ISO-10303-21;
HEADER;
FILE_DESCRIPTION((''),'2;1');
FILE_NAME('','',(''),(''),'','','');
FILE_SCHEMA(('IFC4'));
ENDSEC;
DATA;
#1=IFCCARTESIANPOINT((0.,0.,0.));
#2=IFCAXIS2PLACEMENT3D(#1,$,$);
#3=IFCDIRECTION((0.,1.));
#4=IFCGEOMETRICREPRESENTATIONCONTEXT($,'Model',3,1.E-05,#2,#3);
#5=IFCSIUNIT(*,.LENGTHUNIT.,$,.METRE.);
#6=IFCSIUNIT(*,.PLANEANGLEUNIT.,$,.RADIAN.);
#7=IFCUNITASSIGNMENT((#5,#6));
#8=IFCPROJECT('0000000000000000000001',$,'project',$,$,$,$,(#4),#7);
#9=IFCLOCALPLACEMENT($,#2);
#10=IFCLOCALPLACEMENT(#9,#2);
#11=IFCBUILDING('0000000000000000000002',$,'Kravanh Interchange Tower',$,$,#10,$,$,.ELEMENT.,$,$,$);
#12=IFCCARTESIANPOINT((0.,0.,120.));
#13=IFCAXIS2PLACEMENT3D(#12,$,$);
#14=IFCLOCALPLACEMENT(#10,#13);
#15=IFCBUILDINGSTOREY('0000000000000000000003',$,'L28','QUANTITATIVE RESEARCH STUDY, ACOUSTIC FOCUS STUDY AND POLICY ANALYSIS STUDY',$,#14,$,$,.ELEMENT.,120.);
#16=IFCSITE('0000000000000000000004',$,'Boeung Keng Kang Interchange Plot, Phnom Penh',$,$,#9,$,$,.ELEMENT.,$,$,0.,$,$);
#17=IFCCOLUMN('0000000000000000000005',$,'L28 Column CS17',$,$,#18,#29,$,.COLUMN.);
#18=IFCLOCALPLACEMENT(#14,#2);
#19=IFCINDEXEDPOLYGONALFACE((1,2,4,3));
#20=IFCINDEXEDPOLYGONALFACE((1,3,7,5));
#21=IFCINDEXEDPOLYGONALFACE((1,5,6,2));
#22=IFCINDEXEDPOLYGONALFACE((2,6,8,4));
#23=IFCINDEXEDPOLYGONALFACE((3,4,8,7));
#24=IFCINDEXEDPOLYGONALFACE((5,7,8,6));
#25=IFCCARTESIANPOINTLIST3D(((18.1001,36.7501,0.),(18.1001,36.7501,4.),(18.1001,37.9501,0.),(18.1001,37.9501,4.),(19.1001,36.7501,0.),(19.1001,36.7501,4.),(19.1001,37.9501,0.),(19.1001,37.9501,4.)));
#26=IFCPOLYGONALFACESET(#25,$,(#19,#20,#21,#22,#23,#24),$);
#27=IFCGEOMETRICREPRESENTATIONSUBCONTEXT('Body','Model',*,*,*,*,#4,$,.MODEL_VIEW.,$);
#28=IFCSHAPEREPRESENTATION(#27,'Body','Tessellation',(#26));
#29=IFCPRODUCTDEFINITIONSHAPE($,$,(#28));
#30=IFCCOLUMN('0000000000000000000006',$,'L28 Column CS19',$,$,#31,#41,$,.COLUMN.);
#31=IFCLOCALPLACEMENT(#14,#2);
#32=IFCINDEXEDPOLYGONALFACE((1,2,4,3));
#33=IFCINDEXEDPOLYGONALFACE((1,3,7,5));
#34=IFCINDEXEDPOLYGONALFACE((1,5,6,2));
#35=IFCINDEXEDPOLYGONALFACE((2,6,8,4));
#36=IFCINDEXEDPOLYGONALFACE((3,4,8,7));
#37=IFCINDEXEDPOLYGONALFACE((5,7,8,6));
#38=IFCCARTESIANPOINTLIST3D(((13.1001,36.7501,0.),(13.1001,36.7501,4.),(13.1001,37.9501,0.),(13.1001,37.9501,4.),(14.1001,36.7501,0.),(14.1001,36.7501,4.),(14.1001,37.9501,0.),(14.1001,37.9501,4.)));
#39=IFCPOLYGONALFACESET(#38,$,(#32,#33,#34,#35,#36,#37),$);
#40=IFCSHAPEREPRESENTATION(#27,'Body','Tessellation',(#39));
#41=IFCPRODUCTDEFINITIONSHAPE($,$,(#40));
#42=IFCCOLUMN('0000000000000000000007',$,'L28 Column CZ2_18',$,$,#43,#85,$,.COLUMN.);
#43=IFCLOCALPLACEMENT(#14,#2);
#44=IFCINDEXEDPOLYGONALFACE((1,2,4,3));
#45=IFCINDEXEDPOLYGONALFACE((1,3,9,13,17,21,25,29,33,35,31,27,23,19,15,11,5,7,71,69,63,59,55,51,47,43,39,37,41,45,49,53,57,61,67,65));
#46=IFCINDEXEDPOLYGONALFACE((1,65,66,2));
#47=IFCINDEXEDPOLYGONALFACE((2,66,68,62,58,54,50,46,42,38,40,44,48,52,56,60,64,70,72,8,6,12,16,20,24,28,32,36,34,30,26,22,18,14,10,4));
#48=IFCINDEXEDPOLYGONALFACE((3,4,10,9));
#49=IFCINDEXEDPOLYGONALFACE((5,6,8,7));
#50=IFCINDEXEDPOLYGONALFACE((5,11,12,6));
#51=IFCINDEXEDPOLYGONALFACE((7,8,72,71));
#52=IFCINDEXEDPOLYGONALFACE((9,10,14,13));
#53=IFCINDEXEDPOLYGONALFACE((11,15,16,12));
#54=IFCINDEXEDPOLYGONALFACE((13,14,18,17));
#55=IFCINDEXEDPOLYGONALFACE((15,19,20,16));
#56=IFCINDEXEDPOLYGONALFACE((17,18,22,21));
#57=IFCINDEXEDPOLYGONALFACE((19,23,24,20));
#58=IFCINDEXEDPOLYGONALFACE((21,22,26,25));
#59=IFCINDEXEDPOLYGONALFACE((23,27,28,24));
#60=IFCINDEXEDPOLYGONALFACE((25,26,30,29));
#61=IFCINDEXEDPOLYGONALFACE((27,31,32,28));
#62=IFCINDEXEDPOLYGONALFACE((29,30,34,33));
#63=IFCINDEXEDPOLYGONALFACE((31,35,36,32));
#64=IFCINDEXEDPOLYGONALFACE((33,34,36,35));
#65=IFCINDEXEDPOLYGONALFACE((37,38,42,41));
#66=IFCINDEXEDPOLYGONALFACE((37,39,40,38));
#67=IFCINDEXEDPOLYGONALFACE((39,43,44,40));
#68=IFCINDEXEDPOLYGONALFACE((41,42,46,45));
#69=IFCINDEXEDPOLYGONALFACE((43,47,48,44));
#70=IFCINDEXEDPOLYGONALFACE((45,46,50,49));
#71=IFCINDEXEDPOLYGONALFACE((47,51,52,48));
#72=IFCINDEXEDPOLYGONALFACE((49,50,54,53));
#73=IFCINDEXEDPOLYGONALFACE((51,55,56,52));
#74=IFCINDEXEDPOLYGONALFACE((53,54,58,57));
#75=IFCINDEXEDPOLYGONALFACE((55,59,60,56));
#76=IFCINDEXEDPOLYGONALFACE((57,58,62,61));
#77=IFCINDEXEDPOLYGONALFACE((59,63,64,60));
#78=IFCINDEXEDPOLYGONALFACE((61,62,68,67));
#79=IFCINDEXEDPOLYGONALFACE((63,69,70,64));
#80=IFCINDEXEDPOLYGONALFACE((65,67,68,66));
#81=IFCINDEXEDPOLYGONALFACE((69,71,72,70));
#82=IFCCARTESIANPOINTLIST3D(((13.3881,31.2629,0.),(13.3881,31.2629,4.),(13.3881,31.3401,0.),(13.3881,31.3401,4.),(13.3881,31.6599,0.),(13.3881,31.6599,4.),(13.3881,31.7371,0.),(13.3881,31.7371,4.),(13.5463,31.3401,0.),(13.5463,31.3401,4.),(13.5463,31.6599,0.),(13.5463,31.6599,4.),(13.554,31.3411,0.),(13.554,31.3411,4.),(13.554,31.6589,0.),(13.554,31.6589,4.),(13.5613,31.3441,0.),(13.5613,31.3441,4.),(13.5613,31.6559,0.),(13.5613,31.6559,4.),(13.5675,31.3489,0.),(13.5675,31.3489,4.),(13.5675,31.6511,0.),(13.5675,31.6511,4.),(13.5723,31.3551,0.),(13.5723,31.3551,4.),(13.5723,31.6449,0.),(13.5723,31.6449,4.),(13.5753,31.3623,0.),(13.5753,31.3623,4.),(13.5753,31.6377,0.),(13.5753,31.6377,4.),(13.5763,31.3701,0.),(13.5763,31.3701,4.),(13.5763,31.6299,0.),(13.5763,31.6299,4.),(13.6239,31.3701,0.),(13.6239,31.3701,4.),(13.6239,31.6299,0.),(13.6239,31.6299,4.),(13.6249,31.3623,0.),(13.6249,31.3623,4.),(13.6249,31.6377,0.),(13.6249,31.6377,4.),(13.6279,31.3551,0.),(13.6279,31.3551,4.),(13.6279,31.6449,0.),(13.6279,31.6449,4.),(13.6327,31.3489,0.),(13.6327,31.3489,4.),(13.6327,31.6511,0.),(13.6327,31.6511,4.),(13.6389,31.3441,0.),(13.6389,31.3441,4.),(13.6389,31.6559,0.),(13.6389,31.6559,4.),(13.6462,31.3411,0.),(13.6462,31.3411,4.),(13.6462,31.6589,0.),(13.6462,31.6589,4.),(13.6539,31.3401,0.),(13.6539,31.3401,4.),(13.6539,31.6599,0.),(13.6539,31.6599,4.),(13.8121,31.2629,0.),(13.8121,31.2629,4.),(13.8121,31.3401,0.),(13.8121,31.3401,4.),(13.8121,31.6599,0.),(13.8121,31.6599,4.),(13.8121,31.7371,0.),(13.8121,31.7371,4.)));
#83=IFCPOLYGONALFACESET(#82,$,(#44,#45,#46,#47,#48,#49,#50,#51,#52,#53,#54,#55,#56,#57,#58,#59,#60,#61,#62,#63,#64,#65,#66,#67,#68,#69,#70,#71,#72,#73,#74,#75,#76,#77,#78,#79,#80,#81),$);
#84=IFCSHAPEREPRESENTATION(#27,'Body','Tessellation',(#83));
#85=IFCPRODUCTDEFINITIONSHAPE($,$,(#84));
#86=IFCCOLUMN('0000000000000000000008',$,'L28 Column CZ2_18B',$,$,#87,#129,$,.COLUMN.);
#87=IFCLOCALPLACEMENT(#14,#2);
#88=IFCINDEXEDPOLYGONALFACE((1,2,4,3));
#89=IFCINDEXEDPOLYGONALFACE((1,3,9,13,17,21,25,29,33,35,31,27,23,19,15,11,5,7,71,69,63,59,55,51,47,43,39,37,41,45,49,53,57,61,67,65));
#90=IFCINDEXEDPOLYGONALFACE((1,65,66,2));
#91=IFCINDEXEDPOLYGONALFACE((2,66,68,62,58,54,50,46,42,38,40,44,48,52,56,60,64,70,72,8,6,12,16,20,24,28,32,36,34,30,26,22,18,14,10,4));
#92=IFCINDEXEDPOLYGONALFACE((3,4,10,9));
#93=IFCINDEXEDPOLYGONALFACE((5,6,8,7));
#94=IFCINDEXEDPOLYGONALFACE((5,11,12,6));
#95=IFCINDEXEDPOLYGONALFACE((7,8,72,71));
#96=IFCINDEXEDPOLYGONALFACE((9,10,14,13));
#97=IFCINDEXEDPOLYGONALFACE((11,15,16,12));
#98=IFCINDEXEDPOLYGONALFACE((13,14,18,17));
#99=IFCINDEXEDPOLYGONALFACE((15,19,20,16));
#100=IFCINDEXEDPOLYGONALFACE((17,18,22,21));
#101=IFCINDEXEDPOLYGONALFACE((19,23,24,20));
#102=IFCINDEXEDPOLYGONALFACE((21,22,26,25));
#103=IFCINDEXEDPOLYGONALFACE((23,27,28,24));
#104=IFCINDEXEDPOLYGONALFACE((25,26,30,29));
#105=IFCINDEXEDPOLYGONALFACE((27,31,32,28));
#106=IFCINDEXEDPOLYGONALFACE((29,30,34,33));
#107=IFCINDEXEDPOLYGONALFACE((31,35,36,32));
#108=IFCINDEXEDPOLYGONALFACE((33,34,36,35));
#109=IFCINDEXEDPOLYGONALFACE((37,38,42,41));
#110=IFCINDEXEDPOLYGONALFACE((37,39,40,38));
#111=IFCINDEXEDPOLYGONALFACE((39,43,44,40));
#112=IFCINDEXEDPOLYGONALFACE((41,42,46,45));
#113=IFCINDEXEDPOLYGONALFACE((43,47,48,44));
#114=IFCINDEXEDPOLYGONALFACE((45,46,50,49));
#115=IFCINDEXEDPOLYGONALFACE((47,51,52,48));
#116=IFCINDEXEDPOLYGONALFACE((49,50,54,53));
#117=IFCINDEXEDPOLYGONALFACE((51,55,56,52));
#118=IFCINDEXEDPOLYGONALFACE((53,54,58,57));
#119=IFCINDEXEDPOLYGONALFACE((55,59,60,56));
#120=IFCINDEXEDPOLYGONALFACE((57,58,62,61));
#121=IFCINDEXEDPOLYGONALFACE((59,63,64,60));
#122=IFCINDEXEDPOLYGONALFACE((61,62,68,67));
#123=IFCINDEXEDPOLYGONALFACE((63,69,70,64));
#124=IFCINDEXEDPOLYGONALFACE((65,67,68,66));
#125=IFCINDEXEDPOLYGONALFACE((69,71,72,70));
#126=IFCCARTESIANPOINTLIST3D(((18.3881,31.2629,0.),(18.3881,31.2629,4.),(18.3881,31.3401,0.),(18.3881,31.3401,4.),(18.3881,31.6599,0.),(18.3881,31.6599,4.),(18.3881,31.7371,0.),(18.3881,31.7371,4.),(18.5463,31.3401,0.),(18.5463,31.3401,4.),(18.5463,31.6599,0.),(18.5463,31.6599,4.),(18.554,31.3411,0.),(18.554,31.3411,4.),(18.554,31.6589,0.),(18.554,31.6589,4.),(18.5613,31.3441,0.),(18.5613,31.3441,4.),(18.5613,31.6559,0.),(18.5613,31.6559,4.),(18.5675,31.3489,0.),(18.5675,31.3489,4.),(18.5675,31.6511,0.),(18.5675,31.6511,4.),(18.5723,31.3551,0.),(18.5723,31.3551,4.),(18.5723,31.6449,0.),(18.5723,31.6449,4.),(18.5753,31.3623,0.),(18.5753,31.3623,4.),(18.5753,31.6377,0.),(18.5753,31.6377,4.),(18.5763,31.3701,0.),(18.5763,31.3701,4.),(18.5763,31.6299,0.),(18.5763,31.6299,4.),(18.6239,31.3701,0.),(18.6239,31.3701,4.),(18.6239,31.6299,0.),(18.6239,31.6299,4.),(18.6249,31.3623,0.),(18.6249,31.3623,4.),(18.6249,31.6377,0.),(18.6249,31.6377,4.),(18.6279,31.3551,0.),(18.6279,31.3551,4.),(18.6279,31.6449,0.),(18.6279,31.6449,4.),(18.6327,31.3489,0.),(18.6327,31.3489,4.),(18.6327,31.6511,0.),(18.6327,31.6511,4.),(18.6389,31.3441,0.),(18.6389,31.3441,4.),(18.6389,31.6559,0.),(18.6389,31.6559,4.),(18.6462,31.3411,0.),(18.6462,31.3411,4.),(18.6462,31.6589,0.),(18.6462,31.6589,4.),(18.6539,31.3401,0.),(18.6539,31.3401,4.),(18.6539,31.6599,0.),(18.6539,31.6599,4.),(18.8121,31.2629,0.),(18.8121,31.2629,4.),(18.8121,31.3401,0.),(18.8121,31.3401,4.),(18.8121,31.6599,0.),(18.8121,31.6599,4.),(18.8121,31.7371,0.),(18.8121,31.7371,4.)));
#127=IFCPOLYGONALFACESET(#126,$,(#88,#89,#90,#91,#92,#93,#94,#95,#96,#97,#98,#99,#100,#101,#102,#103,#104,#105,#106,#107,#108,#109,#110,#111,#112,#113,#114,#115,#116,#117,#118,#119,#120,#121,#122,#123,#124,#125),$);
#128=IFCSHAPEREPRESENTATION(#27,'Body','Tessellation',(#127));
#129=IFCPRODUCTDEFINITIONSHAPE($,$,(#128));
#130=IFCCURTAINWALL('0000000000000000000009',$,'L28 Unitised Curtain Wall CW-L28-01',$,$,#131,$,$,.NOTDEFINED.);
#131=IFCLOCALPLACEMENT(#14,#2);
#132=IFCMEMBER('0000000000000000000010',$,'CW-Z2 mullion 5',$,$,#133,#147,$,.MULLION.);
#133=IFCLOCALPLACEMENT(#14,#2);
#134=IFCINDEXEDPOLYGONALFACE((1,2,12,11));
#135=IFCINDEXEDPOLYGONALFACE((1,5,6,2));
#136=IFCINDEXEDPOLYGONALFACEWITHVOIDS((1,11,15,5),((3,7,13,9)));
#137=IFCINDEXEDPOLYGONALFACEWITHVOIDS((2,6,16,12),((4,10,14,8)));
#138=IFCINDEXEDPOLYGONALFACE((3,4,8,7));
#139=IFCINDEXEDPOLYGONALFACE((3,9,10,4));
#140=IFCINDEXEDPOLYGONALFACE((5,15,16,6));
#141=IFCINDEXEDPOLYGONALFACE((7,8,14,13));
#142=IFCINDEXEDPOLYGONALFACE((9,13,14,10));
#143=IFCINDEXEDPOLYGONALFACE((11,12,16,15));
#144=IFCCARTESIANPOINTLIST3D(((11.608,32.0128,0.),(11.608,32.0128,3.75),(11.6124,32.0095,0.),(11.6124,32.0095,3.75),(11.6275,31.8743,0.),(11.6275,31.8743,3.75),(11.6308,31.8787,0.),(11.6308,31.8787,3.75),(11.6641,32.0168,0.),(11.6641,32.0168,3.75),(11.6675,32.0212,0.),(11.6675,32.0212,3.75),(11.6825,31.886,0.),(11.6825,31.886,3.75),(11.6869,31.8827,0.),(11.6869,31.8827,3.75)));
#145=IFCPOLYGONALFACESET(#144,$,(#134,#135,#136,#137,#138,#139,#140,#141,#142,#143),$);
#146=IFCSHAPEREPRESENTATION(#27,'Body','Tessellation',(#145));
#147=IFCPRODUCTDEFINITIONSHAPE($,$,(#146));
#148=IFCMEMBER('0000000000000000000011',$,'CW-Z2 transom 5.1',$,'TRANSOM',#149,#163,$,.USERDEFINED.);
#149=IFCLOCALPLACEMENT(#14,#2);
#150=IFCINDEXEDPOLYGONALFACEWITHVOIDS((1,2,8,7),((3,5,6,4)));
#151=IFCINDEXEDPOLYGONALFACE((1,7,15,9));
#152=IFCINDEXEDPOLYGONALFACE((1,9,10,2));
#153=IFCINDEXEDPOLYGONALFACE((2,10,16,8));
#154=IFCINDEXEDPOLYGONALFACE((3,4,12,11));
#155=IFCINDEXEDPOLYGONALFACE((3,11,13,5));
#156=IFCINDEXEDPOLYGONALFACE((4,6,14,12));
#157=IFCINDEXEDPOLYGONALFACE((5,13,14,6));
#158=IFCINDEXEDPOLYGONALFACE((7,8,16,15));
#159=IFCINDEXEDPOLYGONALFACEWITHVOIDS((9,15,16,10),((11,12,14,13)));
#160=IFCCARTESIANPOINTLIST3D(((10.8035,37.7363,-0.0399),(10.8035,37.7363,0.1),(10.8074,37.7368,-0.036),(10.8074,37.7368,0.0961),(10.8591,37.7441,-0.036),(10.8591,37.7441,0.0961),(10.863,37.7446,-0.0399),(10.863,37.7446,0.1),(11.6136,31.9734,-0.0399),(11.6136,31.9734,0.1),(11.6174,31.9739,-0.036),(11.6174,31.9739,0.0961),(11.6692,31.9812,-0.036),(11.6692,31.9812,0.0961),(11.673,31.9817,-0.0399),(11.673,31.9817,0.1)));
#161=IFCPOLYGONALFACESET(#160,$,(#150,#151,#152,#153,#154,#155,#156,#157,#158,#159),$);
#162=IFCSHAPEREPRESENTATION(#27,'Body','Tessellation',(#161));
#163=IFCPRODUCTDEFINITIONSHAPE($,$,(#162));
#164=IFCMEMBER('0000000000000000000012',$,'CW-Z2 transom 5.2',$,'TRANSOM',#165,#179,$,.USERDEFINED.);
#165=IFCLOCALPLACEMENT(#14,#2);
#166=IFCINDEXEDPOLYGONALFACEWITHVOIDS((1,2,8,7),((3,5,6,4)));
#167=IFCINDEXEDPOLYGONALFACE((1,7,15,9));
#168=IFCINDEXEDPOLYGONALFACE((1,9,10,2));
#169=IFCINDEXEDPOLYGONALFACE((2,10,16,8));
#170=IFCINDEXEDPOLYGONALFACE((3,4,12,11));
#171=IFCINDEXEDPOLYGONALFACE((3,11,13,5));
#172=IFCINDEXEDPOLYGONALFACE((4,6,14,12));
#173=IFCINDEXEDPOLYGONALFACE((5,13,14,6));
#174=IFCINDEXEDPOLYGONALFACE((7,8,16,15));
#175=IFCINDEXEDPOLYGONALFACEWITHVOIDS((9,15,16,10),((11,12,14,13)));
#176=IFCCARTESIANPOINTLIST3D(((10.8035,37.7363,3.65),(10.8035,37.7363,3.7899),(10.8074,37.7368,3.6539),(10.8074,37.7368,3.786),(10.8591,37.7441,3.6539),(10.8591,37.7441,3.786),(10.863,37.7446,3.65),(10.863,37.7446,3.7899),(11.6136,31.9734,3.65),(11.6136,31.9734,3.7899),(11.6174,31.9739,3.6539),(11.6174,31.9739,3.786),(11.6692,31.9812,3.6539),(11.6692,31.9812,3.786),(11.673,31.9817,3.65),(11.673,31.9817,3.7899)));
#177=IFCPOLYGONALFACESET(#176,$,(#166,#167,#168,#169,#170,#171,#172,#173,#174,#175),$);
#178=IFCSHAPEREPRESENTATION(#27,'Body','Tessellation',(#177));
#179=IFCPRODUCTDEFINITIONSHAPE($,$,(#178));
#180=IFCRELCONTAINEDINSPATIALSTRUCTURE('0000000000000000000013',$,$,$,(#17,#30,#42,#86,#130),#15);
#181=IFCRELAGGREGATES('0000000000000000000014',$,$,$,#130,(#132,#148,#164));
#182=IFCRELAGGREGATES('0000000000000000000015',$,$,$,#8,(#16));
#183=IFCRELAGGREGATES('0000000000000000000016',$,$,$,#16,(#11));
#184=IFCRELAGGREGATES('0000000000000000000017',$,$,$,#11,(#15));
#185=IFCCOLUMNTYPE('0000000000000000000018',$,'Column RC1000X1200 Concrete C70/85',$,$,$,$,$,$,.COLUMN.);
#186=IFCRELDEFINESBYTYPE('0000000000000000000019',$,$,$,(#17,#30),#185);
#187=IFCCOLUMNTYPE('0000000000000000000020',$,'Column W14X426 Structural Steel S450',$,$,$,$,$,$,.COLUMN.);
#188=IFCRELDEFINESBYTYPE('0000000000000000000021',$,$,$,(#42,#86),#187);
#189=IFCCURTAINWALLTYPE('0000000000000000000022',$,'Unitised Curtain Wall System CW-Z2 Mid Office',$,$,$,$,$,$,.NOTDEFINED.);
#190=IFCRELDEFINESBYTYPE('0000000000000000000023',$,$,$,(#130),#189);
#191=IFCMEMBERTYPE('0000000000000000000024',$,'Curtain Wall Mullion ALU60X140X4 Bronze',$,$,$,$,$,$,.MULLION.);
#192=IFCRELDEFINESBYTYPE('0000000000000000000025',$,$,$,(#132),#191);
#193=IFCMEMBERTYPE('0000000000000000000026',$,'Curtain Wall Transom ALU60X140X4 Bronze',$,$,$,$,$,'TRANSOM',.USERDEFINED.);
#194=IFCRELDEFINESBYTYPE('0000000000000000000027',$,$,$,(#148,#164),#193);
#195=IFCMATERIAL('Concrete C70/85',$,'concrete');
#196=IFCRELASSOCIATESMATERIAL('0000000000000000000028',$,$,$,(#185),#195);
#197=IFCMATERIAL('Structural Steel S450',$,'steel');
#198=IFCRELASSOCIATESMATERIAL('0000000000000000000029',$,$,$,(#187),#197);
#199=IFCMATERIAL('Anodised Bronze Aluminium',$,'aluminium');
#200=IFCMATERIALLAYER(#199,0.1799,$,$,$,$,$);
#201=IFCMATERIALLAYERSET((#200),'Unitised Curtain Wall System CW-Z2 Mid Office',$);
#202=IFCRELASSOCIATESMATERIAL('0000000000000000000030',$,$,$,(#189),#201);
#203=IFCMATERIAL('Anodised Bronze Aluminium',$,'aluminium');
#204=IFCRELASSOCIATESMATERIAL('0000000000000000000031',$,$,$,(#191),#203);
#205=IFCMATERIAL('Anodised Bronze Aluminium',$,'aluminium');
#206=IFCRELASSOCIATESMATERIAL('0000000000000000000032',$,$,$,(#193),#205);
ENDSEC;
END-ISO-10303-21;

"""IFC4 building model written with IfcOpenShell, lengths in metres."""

from ifc_helpers import new_model, si_unit, direction, frame, origin, origin_2d, place, context, subcontext, project, spatial, rectangle, hollow_rectangle, i_section, extrude, material, layer, layer_set, material_profile, profile_set, type_object, element, aggregate, save


model = new_model("IFC4")

# Units and contexts
model_context = context("Model", 3, precision=1e-05, world=origin(), true_north=direction((0.0, 1.0)))
body_context = subcontext(model_context, "Body", "Model", "MODEL_VIEW")
ifc_project = project(units=[si_unit("LENGTHUNIT", "METRE"), si_unit("PLANEANGLEUNIT", "RADIAN")], contexts=[model_context])

# Site, building, storey
site_placement = place(None, origin())
site = spatial("IfcSite", under=ifc_project, at=site_placement, Name="Boeung Keng Kang Interchange Plot, Phnom Penh", CompositionType="ELEMENT", RefElevation=0.0)
building_placement = place(site_placement, origin())
building = spatial("IfcBuilding", under=site, at=building_placement, Name="Kravanh Interchange Tower", CompositionType="ELEMENT")
storey_placement = place(building_placement, frame((0.0, 0.0, 120.0)))
storey = spatial("IfcBuildingStorey", under=building, at=storey_placement, Name="L28", Description="QUANTITATIVE RESEARCH STUDY, ACOUSTIC FOCUS STUDY AND POLICY ANALYSIS STUDY", CompositionType="ELEMENT", Elevation=120.0)

# Columns
ifc_material_1 = material(Name="Concrete C70/85", Category="concrete")
ifc_material_profile_1 = material_profile(ifc_material_1, rectangle(XDim=1.0, YDim=1.2, at=origin_2d()), Name="RC1000X1200")
ifc_profile_set_1 = profile_set([ifc_material_profile_1], Name="Concrete C70/85")
column_type_1 = type_object("IfcColumnType", Name="Column RC1000X1200 Concrete C70/85", PredefinedType="COLUMN", material=ifc_profile_set_1)
for number, where, z_axis, x_axis, name in (
    (1, (18.6001, 37.3501, 0.0), (0.0, 0.0, 1.0), (1.0, 0.0, 0.0), "L28 Column CS17"),
    (2, (13.6001, 37.3501, 0.0), (0.0, 0.0, 1.0), (1.0, 0.0, 0.0), "L28 Column CS19"),
):
    element("IfcColumn", number, at=place(storey_placement, frame(where, z_axis=z_axis, x_axis=x_axis)), inside=storey, type_object=column_type_1, Name=name, PredefinedType="COLUMN", context=body_context, shape_type="SweptSolid", body=[
        extrude(rectangle(XDim=1.0, YDim=1.2, at=origin_2d()), origin(), (0.0, 0.0, 1.0), 4.0),
    ])
ifc_material_2 = material(Name="Structural Steel S450", Category="steel")
ifc_material_profile_2 = material_profile(ifc_material_2, i_section(OverallWidth=0.4241, OverallDepth=0.4741, WebThickness=0.0476, FlangeThickness=0.0771, FilletRadius=0.03, at=origin_2d()), Name="W14X426")
ifc_profile_set_2 = profile_set([ifc_material_profile_2], Name="Structural Steel S450")
column_type_2 = type_object("IfcColumnType", Name="Column W14X426 Structural Steel S450", PredefinedType="COLUMN", material=ifc_profile_set_2)
for number, where, z_axis, x_axis, name in (
    (3, (13.6001, 31.5, 0.0), (0.0, 0.0, 1.0), (1.0, 0.0, 0.0), "L28 Column CZ2_18"),
    (4, (18.6001, 31.5, 0.0), (0.0, 0.0, 1.0), (1.0, 0.0, 0.0), "L28 Column CZ2_18B"),
):
    element("IfcColumn", number, at=place(storey_placement, frame(where, z_axis=z_axis, x_axis=x_axis)), inside=storey, type_object=column_type_2, Name=name, PredefinedType="COLUMN", context=body_context, shape_type="SweptSolid", body=[
        extrude(i_section(OverallWidth=0.4241, OverallDepth=0.4741, WebThickness=0.0476, FlangeThickness=0.0771, FilletRadius=0.03, at=origin_2d()), origin(), (0.0, 0.0, 1.0), 4.0),
    ])

# Curtain wall, members
ifc_material_3 = material(Name="Anodised Bronze Aluminium", Category="aluminium")
ifc_layer_1 = layer(ifc_material_3, 0.1799)
ifc_layer_set_1 = layer_set([ifc_layer_1], Name="Unitised Curtain Wall System CW-Z2 Mid Office")
curtain_wall_type = type_object("IfcCurtainWallType", Name="Unitised Curtain Wall System CW-Z2 Mid Office", PredefinedType="NOTDEFINED", material=ifc_layer_set_1)
curtain_wall_placement = place(storey_placement, origin())
curtain_wall = element("IfcCurtainWall", 5, at=curtain_wall_placement, inside=storey, type_object=curtain_wall_type, Name="L28 Unitised Curtain Wall CW-L28-01", PredefinedType="NOTDEFINED")
ifc_material_4 = material(Name="Anodised Bronze Aluminium", Category="aluminium")
ifc_material_profile_3 = material_profile(ifc_material_4, hollow_rectangle(XDim=0.0601, YDim=0.1399, WallThickness=0.0039, at=origin_2d()), Name="ALU60X140X4")
ifc_profile_set_3 = profile_set([ifc_material_profile_3], Name="Anodised Bronze Aluminium")
member_type_1 = type_object("IfcMemberType", Name="Curtain Wall Mullion ALU60X140X4 Bronze", PredefinedType="MULLION", material=ifc_profile_set_3)
member_1_placement = place(storey_placement, frame((11.6475, 31.9478, 0.0), z_axis=(0.0, 0.0, 1.0), x_axis=(-0.990268, -0.139173, 0.0)))
member_1 = element("IfcMember", 6, at=member_1_placement, type_object=member_type_1, Name="CW-Z2 mullion 5", PredefinedType="MULLION", context=body_context, shape_type="SweptSolid", body=[
    extrude(hollow_rectangle(XDim=0.0601, YDim=0.1399, WallThickness=0.0039, at=origin_2d()), origin(), (0.0, 0.0, 1.0), 3.75),
])
ifc_material_5 = material(Name="Anodised Bronze Aluminium", Category="aluminium")
ifc_material_profile_4 = material_profile(ifc_material_5, hollow_rectangle(XDim=0.0601, YDim=0.1399, WallThickness=0.0039, at=origin_2d()), Name="ALU60X140X4")
ifc_profile_set_4 = profile_set([ifc_material_profile_4], Name="Anodised Bronze Aluminium")
member_type_2 = type_object("IfcMemberType", Name="Curtain Wall Transom ALU60X140X4 Bronze", ElementType="TRANSOM", PredefinedType="USERDEFINED", material=ifc_profile_set_4)
member_2_placement = place(storey_placement, frame((11.6433, 31.9775, 0.03), z_axis=(-0.139195, 0.990265, 0.0), x_axis=(-0.990265, -0.139195, 0.0)))
member_2 = element("IfcMember", 7, at=member_2_placement, type_object=member_type_2, Name="CW-Z2 transom 5.1", ObjectType="TRANSOM", PredefinedType="USERDEFINED", context=body_context, shape_type="SweptSolid", body=[
    extrude(hollow_rectangle(XDim=0.0601, YDim=0.1399, WallThickness=0.0039, at=origin_2d()), origin(), (0.0, 0.0, 1.0), 5.8196),
])
member_3_placement = place(storey_placement, frame((11.6433, 31.9775, 3.72), z_axis=(-0.139195, 0.990265, 0.0), x_axis=(-0.990265, -0.139195, 0.0)))
member_3 = element("IfcMember", 8, at=member_3_placement, type_object=member_type_2, Name="CW-Z2 transom 5.2", ObjectType="TRANSOM", PredefinedType="USERDEFINED", context=body_context, shape_type="SweptSolid", body=[
    extrude(hollow_rectangle(XDim=0.0601, YDim=0.1399, WallThickness=0.0039, at=origin_2d()), origin(), (0.0, 0.0, 1.0), 5.8196),
])

aggregate(curtain_wall, [member_1, member_2, member_3])

save(model, "model.ifc")
